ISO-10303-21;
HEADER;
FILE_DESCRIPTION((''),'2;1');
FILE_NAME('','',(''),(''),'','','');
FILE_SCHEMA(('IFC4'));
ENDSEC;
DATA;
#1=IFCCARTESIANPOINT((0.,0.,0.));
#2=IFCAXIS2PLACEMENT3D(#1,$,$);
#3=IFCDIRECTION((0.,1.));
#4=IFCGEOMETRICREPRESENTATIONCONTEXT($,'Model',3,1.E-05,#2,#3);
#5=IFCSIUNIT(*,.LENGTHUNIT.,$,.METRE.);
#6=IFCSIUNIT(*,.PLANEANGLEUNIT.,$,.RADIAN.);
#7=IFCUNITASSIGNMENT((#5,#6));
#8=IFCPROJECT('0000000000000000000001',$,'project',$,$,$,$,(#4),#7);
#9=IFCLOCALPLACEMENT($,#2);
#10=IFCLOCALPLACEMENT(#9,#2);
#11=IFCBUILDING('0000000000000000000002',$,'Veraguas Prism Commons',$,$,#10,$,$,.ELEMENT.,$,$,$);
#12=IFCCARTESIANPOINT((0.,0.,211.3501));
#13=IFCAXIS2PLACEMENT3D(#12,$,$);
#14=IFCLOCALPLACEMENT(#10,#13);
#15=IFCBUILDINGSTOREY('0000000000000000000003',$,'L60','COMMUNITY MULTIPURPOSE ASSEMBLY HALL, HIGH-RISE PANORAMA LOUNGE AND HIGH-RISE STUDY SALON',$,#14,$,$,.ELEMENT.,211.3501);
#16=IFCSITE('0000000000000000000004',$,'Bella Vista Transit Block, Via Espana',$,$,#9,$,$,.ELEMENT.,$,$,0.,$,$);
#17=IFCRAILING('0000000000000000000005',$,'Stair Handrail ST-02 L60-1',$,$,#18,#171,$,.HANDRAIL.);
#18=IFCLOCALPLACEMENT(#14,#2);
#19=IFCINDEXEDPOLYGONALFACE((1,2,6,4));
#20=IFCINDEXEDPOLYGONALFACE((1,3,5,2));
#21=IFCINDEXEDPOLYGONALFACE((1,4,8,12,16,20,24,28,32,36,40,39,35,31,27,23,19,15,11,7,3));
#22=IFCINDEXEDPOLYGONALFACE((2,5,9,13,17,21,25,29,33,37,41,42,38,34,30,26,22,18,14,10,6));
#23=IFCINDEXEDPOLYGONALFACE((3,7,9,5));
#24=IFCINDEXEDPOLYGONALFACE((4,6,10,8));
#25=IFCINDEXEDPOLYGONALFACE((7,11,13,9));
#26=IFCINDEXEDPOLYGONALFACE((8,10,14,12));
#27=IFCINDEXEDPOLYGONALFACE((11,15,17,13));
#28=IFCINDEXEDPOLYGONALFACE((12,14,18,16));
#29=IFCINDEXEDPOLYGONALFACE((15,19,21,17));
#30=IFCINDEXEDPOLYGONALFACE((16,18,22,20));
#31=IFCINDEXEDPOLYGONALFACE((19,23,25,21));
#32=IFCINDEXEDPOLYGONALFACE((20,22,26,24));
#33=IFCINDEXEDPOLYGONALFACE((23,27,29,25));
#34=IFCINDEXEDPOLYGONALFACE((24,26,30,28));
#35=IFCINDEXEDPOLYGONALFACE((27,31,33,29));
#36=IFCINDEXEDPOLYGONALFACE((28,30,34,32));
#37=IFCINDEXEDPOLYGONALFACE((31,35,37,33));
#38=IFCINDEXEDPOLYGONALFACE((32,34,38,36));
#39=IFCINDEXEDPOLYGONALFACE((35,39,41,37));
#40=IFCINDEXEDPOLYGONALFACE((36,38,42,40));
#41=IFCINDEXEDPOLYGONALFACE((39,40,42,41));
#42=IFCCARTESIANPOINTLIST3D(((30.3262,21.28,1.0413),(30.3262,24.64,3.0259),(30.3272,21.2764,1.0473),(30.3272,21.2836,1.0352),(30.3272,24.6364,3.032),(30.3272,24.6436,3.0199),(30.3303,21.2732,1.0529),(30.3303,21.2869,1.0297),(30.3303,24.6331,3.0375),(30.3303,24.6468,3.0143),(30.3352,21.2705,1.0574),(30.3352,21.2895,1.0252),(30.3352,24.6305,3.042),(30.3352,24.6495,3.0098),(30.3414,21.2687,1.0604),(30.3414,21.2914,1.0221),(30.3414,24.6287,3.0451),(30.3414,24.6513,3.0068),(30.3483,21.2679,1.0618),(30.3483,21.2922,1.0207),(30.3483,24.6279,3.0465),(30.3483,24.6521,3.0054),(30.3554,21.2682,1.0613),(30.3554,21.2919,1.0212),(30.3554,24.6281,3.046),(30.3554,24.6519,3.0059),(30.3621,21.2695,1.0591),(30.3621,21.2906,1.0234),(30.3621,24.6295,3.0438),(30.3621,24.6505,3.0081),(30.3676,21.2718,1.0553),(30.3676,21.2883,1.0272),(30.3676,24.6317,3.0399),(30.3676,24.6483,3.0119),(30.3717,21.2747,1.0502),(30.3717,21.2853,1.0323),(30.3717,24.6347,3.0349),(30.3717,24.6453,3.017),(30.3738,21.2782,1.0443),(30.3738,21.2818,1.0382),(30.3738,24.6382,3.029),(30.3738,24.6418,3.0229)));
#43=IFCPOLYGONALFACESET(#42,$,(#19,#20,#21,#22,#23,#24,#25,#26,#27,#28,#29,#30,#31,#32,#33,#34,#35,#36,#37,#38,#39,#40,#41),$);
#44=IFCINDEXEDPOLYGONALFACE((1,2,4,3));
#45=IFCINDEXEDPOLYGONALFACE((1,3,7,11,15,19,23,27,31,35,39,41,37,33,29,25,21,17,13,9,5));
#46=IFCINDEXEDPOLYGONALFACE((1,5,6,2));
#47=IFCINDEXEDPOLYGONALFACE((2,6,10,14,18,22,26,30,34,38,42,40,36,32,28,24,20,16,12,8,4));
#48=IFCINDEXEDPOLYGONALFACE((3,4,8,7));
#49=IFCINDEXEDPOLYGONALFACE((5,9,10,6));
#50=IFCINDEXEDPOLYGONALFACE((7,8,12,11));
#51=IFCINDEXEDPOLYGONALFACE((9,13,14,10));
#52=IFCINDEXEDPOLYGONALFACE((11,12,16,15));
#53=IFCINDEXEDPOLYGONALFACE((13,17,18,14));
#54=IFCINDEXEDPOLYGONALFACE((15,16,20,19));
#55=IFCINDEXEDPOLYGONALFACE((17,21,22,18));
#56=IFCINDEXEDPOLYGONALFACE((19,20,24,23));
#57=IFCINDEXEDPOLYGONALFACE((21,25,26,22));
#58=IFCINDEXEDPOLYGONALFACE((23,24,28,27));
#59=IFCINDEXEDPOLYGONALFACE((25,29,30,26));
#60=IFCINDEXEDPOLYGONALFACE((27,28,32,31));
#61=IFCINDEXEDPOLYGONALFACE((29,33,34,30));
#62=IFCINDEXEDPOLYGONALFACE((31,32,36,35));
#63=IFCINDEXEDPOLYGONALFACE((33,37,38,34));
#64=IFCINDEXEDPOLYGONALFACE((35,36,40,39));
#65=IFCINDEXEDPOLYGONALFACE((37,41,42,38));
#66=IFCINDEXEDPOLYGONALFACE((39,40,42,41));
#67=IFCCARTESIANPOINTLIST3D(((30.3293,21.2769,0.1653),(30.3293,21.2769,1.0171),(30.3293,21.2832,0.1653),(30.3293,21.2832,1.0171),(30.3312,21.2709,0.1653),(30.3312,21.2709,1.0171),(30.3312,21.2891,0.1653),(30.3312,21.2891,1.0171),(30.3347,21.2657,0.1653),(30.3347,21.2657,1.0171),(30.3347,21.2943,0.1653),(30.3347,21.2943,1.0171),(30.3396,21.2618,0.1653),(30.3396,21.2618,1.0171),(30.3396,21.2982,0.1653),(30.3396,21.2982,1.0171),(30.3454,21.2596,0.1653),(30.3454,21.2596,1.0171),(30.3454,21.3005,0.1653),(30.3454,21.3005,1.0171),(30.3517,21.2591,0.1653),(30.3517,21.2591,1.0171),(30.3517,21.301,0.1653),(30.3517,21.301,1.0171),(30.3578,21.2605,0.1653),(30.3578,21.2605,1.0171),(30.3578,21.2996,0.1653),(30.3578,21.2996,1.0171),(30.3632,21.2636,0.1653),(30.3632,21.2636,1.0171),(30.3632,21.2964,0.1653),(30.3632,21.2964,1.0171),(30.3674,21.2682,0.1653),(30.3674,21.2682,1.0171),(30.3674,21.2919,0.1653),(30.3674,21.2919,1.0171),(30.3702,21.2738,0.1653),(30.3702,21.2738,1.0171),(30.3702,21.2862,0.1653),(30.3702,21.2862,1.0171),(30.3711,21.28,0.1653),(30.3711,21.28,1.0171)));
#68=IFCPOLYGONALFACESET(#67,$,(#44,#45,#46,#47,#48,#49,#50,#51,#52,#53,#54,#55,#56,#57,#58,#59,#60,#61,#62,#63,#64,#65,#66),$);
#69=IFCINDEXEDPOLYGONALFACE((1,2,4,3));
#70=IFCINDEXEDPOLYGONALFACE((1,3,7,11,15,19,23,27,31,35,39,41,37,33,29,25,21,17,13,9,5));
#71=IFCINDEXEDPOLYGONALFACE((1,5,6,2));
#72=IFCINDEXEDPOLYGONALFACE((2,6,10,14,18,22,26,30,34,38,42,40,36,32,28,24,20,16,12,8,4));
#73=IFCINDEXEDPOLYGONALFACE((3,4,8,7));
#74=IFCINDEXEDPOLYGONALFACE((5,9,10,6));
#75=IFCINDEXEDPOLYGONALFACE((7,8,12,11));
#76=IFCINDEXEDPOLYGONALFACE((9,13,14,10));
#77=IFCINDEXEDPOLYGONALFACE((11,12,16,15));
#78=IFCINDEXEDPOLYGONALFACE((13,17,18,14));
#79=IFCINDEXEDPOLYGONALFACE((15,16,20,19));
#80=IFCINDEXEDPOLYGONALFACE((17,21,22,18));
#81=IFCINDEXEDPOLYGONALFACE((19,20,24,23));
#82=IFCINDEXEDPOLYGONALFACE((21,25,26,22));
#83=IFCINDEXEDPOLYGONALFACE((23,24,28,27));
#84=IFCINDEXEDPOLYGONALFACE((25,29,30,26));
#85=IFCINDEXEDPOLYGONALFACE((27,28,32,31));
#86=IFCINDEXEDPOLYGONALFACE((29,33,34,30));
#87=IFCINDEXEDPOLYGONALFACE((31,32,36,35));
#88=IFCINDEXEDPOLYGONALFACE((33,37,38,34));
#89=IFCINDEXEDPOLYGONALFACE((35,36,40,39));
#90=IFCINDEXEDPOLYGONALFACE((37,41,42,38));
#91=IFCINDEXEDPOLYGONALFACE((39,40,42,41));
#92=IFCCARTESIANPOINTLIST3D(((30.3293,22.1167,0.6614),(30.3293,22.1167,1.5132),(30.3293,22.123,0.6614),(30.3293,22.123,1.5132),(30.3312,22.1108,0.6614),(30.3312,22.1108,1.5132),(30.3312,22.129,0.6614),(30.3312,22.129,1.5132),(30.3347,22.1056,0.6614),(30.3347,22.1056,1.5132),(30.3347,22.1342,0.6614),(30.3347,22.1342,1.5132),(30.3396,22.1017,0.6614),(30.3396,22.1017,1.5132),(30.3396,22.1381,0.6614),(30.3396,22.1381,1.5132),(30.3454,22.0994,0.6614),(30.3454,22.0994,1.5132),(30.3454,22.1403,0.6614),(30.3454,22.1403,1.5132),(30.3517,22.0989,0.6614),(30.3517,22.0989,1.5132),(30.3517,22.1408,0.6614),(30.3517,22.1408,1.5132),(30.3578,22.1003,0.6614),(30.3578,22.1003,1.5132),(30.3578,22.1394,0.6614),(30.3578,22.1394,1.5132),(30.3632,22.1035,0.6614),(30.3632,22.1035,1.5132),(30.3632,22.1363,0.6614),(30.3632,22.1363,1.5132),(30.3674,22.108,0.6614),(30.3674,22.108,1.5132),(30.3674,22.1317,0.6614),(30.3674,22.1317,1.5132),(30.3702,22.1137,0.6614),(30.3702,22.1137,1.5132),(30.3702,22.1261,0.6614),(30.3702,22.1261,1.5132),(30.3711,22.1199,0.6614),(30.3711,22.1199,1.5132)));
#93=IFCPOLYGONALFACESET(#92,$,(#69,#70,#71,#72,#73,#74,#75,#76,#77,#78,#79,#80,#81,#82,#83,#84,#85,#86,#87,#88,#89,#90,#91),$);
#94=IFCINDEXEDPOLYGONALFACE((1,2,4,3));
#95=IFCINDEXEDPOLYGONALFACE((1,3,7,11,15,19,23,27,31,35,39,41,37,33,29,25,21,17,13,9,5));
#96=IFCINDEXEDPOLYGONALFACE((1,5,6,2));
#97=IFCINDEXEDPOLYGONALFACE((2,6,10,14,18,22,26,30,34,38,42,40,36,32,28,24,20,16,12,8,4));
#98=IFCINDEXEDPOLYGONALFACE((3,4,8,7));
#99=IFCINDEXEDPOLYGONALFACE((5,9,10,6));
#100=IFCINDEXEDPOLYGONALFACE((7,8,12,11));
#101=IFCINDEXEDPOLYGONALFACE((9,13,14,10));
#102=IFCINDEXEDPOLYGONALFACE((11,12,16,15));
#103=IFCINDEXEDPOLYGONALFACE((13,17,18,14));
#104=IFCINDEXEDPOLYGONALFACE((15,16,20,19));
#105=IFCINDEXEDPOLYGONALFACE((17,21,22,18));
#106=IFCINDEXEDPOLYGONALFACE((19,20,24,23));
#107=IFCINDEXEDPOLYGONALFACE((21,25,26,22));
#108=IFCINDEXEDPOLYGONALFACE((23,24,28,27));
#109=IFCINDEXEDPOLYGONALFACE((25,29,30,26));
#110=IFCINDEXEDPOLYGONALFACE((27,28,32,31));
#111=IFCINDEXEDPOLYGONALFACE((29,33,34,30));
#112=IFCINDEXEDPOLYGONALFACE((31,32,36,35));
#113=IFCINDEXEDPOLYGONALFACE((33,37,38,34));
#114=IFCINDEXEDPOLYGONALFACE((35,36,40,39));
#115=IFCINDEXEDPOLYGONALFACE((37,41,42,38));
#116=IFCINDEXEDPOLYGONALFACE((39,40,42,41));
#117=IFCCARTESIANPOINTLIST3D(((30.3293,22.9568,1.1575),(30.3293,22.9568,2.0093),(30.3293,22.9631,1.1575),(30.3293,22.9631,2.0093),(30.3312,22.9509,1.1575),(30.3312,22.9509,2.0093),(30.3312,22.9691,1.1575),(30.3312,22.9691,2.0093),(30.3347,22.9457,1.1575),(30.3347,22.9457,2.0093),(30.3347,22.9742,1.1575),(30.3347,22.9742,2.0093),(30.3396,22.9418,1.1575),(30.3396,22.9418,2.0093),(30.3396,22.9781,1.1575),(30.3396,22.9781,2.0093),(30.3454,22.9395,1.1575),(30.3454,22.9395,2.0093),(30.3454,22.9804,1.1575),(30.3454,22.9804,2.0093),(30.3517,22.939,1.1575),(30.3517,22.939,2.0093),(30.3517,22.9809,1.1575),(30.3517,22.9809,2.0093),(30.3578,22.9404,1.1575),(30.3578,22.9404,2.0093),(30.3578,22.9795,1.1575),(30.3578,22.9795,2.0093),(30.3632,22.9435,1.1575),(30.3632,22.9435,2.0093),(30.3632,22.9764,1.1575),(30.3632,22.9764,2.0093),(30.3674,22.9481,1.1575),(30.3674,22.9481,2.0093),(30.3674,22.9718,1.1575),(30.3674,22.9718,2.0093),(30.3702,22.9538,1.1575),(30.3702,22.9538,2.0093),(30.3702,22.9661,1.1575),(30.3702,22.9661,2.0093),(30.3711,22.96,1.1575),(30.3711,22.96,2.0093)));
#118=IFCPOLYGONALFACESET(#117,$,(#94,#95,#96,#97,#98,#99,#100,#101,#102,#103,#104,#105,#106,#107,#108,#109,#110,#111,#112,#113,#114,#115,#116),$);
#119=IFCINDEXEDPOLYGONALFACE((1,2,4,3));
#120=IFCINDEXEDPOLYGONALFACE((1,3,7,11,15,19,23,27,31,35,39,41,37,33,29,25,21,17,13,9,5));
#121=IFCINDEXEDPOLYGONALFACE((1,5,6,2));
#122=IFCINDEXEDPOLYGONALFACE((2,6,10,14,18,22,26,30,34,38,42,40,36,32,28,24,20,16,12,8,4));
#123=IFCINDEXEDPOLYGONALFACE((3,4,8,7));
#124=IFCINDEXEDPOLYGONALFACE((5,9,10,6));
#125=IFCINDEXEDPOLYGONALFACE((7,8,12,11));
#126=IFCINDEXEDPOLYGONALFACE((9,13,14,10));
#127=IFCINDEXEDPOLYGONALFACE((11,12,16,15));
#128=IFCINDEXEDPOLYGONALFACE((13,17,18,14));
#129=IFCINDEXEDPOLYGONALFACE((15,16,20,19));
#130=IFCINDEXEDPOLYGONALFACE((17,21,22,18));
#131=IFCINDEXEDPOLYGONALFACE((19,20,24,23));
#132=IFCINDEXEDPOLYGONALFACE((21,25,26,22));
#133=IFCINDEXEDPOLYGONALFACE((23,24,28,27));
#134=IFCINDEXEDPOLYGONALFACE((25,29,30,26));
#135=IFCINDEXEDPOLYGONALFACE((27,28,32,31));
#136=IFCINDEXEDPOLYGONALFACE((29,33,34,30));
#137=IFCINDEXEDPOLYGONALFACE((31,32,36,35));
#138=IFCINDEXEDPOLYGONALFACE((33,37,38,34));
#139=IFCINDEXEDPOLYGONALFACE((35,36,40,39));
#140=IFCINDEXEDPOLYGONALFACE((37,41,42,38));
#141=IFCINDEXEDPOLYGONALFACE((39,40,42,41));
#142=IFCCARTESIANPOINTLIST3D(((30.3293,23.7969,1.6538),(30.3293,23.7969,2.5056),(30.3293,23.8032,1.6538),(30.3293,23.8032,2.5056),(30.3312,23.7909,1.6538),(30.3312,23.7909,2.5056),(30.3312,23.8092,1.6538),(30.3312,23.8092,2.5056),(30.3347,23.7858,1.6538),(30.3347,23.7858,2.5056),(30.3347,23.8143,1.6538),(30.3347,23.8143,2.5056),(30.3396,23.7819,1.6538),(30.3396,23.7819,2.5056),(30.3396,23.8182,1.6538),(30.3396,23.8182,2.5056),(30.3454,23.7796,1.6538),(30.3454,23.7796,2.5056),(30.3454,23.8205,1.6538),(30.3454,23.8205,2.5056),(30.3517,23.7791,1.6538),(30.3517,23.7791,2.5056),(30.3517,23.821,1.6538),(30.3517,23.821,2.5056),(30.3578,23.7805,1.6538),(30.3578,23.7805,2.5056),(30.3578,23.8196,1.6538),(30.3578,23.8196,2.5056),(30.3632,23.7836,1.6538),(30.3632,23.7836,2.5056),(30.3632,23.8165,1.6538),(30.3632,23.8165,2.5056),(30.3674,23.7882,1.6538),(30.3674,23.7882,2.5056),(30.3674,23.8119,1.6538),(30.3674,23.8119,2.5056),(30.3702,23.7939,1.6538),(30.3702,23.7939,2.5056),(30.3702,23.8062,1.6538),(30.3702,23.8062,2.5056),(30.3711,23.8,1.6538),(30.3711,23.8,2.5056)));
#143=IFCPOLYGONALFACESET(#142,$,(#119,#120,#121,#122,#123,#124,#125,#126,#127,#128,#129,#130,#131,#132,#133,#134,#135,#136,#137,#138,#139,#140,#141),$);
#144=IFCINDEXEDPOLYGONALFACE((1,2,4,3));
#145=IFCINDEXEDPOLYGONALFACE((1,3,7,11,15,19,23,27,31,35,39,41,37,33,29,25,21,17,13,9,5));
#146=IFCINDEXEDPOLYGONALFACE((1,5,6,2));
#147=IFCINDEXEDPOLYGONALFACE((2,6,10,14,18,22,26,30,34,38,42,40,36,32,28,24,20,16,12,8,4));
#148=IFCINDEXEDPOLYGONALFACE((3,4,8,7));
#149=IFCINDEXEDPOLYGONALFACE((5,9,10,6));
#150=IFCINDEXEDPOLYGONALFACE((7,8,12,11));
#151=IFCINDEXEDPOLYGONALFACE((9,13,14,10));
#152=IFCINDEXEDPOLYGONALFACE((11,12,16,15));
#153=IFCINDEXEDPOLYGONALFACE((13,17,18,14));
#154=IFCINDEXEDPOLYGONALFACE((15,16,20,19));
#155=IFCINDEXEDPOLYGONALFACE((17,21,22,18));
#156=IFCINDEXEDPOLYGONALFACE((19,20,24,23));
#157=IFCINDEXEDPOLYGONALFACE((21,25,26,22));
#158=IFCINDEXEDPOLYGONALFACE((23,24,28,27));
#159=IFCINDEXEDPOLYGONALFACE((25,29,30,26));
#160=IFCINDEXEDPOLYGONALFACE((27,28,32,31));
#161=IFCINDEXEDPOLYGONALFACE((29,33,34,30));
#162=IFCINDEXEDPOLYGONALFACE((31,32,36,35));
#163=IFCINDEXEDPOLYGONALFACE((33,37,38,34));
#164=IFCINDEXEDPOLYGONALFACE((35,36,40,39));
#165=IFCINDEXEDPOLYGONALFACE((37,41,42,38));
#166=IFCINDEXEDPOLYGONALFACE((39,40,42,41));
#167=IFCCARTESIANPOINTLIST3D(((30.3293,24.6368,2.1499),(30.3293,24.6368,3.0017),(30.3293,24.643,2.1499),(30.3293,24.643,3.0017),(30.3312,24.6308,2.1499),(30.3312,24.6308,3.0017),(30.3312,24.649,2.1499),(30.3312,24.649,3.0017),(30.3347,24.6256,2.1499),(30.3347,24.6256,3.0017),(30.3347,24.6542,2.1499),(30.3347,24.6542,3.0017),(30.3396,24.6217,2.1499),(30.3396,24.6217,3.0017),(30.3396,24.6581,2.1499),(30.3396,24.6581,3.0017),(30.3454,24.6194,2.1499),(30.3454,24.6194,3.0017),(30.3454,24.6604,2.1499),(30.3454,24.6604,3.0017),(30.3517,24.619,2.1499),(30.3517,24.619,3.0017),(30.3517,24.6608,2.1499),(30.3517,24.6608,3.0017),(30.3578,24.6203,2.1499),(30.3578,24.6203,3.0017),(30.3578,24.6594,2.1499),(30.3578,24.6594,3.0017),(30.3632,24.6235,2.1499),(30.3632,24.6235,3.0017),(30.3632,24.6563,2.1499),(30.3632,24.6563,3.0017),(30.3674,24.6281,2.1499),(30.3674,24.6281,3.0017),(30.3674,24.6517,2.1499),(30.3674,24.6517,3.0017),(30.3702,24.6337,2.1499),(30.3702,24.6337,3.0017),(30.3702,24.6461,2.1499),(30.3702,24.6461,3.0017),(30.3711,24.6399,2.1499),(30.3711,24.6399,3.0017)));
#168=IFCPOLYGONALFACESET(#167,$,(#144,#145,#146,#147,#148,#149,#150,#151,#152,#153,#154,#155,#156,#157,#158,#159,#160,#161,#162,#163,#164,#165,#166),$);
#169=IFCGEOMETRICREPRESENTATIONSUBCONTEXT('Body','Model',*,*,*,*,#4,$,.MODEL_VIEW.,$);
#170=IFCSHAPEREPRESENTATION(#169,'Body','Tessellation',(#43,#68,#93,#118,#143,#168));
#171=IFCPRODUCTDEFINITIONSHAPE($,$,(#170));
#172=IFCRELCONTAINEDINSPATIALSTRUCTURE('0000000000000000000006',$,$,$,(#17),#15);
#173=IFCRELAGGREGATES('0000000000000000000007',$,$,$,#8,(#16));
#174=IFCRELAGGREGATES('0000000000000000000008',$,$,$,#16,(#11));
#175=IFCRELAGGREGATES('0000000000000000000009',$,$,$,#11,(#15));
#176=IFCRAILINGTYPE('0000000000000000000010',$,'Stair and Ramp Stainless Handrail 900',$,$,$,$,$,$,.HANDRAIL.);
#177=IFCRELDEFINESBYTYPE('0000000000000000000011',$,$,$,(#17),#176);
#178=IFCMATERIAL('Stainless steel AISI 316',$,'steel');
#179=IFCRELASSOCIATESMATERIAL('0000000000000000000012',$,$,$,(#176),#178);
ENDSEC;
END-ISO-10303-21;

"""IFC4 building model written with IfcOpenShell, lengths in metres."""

from ifc_helpers import new_model, si_unit, direction, frame, origin, origin_2d, place, context, subcontext, project, spatial, circle, extrude, material, type_object, element, save


model = new_model("IFC4")

# Units and contexts
model_context = context("Model", 3, precision=1e-05, world=origin(), true_north=direction((0.0, 1.0)))
body_context = subcontext(model_context, "Body", "Model", "MODEL_VIEW")
ifc_project = project(units=[si_unit("LENGTHUNIT", "METRE"), si_unit("PLANEANGLEUNIT", "RADIAN")], contexts=[model_context])

# Site, building, storey
site_placement = place(None, origin())
site = spatial("IfcSite", under=ifc_project, at=site_placement, Name="Bella Vista Transit Block, Via Espana", CompositionType="ELEMENT", RefElevation=0.0)
building_placement = place(site_placement, origin())
building = spatial("IfcBuilding", under=site, at=building_placement, Name="Veraguas Prism Commons", CompositionType="ELEMENT")
storey_placement = place(building_placement, frame((0.0, 0.0, 211.3501)))
storey = spatial("IfcBuildingStorey", under=building, at=storey_placement, Name="L60", Description="COMMUNITY MULTIPURPOSE ASSEMBLY HALL, HIGH-RISE PANORAMA LOUNGE AND HIGH-RISE STUDY SALON", CompositionType="ELEMENT", Elevation=211.3501)

# Railing
ifc_material_1 = material(Name="Stainless steel AISI 316", Category="steel")
railing_type_1 = type_object("IfcRailingType", Name="Stair and Ramp Stainless Handrail 900", PredefinedType="HANDRAIL", material=ifc_material_1)
railing_1_placement = place(storey_placement, frame((30.3501, 21.28, 0.1653)))
element("IfcRailing", 1, at=railing_1_placement, inside=storey, type_object=railing_type_1, Name="Stair Handrail ST-02 L60-1", PredefinedType="HANDRAIL", context=body_context, shape_type="SweptSolid", body=[
    extrude(circle(Radius=0.0239, at=origin_2d()), frame((0.0, 0.0, 0.876), z_axis=(0.0, 0.861011, 0.508586), x_axis=(-1.0, 0.0, 0.0)), (0.0, 0.0, 1.0), 3.9023),
    extrude(circle(Radius=0.021, at=origin_2d()), origin(), (0.0, 0.0, 1.0), 0.8518),
    extrude(circle(Radius=0.021, at=origin_2d()), frame((0.0, 0.8398, 0.4961)), (0.0, 0.0, 1.0), 0.8518),
    extrude(circle(Radius=0.021, at=origin_2d()), frame((0.0, 1.6799, 0.9922)), (0.0, 0.0, 1.0), 0.8518),
    extrude(circle(Radius=0.021, at=origin_2d()), frame((0.0, 2.52, 1.4885)), (0.0, 0.0, 1.0), 0.8518),
    extrude(circle(Radius=0.021, at=origin_2d()), frame((0.0, 3.3599, 1.9846)), (0.0, 0.0, 1.0), 0.8518),
])

save(model, "model.ifc")
